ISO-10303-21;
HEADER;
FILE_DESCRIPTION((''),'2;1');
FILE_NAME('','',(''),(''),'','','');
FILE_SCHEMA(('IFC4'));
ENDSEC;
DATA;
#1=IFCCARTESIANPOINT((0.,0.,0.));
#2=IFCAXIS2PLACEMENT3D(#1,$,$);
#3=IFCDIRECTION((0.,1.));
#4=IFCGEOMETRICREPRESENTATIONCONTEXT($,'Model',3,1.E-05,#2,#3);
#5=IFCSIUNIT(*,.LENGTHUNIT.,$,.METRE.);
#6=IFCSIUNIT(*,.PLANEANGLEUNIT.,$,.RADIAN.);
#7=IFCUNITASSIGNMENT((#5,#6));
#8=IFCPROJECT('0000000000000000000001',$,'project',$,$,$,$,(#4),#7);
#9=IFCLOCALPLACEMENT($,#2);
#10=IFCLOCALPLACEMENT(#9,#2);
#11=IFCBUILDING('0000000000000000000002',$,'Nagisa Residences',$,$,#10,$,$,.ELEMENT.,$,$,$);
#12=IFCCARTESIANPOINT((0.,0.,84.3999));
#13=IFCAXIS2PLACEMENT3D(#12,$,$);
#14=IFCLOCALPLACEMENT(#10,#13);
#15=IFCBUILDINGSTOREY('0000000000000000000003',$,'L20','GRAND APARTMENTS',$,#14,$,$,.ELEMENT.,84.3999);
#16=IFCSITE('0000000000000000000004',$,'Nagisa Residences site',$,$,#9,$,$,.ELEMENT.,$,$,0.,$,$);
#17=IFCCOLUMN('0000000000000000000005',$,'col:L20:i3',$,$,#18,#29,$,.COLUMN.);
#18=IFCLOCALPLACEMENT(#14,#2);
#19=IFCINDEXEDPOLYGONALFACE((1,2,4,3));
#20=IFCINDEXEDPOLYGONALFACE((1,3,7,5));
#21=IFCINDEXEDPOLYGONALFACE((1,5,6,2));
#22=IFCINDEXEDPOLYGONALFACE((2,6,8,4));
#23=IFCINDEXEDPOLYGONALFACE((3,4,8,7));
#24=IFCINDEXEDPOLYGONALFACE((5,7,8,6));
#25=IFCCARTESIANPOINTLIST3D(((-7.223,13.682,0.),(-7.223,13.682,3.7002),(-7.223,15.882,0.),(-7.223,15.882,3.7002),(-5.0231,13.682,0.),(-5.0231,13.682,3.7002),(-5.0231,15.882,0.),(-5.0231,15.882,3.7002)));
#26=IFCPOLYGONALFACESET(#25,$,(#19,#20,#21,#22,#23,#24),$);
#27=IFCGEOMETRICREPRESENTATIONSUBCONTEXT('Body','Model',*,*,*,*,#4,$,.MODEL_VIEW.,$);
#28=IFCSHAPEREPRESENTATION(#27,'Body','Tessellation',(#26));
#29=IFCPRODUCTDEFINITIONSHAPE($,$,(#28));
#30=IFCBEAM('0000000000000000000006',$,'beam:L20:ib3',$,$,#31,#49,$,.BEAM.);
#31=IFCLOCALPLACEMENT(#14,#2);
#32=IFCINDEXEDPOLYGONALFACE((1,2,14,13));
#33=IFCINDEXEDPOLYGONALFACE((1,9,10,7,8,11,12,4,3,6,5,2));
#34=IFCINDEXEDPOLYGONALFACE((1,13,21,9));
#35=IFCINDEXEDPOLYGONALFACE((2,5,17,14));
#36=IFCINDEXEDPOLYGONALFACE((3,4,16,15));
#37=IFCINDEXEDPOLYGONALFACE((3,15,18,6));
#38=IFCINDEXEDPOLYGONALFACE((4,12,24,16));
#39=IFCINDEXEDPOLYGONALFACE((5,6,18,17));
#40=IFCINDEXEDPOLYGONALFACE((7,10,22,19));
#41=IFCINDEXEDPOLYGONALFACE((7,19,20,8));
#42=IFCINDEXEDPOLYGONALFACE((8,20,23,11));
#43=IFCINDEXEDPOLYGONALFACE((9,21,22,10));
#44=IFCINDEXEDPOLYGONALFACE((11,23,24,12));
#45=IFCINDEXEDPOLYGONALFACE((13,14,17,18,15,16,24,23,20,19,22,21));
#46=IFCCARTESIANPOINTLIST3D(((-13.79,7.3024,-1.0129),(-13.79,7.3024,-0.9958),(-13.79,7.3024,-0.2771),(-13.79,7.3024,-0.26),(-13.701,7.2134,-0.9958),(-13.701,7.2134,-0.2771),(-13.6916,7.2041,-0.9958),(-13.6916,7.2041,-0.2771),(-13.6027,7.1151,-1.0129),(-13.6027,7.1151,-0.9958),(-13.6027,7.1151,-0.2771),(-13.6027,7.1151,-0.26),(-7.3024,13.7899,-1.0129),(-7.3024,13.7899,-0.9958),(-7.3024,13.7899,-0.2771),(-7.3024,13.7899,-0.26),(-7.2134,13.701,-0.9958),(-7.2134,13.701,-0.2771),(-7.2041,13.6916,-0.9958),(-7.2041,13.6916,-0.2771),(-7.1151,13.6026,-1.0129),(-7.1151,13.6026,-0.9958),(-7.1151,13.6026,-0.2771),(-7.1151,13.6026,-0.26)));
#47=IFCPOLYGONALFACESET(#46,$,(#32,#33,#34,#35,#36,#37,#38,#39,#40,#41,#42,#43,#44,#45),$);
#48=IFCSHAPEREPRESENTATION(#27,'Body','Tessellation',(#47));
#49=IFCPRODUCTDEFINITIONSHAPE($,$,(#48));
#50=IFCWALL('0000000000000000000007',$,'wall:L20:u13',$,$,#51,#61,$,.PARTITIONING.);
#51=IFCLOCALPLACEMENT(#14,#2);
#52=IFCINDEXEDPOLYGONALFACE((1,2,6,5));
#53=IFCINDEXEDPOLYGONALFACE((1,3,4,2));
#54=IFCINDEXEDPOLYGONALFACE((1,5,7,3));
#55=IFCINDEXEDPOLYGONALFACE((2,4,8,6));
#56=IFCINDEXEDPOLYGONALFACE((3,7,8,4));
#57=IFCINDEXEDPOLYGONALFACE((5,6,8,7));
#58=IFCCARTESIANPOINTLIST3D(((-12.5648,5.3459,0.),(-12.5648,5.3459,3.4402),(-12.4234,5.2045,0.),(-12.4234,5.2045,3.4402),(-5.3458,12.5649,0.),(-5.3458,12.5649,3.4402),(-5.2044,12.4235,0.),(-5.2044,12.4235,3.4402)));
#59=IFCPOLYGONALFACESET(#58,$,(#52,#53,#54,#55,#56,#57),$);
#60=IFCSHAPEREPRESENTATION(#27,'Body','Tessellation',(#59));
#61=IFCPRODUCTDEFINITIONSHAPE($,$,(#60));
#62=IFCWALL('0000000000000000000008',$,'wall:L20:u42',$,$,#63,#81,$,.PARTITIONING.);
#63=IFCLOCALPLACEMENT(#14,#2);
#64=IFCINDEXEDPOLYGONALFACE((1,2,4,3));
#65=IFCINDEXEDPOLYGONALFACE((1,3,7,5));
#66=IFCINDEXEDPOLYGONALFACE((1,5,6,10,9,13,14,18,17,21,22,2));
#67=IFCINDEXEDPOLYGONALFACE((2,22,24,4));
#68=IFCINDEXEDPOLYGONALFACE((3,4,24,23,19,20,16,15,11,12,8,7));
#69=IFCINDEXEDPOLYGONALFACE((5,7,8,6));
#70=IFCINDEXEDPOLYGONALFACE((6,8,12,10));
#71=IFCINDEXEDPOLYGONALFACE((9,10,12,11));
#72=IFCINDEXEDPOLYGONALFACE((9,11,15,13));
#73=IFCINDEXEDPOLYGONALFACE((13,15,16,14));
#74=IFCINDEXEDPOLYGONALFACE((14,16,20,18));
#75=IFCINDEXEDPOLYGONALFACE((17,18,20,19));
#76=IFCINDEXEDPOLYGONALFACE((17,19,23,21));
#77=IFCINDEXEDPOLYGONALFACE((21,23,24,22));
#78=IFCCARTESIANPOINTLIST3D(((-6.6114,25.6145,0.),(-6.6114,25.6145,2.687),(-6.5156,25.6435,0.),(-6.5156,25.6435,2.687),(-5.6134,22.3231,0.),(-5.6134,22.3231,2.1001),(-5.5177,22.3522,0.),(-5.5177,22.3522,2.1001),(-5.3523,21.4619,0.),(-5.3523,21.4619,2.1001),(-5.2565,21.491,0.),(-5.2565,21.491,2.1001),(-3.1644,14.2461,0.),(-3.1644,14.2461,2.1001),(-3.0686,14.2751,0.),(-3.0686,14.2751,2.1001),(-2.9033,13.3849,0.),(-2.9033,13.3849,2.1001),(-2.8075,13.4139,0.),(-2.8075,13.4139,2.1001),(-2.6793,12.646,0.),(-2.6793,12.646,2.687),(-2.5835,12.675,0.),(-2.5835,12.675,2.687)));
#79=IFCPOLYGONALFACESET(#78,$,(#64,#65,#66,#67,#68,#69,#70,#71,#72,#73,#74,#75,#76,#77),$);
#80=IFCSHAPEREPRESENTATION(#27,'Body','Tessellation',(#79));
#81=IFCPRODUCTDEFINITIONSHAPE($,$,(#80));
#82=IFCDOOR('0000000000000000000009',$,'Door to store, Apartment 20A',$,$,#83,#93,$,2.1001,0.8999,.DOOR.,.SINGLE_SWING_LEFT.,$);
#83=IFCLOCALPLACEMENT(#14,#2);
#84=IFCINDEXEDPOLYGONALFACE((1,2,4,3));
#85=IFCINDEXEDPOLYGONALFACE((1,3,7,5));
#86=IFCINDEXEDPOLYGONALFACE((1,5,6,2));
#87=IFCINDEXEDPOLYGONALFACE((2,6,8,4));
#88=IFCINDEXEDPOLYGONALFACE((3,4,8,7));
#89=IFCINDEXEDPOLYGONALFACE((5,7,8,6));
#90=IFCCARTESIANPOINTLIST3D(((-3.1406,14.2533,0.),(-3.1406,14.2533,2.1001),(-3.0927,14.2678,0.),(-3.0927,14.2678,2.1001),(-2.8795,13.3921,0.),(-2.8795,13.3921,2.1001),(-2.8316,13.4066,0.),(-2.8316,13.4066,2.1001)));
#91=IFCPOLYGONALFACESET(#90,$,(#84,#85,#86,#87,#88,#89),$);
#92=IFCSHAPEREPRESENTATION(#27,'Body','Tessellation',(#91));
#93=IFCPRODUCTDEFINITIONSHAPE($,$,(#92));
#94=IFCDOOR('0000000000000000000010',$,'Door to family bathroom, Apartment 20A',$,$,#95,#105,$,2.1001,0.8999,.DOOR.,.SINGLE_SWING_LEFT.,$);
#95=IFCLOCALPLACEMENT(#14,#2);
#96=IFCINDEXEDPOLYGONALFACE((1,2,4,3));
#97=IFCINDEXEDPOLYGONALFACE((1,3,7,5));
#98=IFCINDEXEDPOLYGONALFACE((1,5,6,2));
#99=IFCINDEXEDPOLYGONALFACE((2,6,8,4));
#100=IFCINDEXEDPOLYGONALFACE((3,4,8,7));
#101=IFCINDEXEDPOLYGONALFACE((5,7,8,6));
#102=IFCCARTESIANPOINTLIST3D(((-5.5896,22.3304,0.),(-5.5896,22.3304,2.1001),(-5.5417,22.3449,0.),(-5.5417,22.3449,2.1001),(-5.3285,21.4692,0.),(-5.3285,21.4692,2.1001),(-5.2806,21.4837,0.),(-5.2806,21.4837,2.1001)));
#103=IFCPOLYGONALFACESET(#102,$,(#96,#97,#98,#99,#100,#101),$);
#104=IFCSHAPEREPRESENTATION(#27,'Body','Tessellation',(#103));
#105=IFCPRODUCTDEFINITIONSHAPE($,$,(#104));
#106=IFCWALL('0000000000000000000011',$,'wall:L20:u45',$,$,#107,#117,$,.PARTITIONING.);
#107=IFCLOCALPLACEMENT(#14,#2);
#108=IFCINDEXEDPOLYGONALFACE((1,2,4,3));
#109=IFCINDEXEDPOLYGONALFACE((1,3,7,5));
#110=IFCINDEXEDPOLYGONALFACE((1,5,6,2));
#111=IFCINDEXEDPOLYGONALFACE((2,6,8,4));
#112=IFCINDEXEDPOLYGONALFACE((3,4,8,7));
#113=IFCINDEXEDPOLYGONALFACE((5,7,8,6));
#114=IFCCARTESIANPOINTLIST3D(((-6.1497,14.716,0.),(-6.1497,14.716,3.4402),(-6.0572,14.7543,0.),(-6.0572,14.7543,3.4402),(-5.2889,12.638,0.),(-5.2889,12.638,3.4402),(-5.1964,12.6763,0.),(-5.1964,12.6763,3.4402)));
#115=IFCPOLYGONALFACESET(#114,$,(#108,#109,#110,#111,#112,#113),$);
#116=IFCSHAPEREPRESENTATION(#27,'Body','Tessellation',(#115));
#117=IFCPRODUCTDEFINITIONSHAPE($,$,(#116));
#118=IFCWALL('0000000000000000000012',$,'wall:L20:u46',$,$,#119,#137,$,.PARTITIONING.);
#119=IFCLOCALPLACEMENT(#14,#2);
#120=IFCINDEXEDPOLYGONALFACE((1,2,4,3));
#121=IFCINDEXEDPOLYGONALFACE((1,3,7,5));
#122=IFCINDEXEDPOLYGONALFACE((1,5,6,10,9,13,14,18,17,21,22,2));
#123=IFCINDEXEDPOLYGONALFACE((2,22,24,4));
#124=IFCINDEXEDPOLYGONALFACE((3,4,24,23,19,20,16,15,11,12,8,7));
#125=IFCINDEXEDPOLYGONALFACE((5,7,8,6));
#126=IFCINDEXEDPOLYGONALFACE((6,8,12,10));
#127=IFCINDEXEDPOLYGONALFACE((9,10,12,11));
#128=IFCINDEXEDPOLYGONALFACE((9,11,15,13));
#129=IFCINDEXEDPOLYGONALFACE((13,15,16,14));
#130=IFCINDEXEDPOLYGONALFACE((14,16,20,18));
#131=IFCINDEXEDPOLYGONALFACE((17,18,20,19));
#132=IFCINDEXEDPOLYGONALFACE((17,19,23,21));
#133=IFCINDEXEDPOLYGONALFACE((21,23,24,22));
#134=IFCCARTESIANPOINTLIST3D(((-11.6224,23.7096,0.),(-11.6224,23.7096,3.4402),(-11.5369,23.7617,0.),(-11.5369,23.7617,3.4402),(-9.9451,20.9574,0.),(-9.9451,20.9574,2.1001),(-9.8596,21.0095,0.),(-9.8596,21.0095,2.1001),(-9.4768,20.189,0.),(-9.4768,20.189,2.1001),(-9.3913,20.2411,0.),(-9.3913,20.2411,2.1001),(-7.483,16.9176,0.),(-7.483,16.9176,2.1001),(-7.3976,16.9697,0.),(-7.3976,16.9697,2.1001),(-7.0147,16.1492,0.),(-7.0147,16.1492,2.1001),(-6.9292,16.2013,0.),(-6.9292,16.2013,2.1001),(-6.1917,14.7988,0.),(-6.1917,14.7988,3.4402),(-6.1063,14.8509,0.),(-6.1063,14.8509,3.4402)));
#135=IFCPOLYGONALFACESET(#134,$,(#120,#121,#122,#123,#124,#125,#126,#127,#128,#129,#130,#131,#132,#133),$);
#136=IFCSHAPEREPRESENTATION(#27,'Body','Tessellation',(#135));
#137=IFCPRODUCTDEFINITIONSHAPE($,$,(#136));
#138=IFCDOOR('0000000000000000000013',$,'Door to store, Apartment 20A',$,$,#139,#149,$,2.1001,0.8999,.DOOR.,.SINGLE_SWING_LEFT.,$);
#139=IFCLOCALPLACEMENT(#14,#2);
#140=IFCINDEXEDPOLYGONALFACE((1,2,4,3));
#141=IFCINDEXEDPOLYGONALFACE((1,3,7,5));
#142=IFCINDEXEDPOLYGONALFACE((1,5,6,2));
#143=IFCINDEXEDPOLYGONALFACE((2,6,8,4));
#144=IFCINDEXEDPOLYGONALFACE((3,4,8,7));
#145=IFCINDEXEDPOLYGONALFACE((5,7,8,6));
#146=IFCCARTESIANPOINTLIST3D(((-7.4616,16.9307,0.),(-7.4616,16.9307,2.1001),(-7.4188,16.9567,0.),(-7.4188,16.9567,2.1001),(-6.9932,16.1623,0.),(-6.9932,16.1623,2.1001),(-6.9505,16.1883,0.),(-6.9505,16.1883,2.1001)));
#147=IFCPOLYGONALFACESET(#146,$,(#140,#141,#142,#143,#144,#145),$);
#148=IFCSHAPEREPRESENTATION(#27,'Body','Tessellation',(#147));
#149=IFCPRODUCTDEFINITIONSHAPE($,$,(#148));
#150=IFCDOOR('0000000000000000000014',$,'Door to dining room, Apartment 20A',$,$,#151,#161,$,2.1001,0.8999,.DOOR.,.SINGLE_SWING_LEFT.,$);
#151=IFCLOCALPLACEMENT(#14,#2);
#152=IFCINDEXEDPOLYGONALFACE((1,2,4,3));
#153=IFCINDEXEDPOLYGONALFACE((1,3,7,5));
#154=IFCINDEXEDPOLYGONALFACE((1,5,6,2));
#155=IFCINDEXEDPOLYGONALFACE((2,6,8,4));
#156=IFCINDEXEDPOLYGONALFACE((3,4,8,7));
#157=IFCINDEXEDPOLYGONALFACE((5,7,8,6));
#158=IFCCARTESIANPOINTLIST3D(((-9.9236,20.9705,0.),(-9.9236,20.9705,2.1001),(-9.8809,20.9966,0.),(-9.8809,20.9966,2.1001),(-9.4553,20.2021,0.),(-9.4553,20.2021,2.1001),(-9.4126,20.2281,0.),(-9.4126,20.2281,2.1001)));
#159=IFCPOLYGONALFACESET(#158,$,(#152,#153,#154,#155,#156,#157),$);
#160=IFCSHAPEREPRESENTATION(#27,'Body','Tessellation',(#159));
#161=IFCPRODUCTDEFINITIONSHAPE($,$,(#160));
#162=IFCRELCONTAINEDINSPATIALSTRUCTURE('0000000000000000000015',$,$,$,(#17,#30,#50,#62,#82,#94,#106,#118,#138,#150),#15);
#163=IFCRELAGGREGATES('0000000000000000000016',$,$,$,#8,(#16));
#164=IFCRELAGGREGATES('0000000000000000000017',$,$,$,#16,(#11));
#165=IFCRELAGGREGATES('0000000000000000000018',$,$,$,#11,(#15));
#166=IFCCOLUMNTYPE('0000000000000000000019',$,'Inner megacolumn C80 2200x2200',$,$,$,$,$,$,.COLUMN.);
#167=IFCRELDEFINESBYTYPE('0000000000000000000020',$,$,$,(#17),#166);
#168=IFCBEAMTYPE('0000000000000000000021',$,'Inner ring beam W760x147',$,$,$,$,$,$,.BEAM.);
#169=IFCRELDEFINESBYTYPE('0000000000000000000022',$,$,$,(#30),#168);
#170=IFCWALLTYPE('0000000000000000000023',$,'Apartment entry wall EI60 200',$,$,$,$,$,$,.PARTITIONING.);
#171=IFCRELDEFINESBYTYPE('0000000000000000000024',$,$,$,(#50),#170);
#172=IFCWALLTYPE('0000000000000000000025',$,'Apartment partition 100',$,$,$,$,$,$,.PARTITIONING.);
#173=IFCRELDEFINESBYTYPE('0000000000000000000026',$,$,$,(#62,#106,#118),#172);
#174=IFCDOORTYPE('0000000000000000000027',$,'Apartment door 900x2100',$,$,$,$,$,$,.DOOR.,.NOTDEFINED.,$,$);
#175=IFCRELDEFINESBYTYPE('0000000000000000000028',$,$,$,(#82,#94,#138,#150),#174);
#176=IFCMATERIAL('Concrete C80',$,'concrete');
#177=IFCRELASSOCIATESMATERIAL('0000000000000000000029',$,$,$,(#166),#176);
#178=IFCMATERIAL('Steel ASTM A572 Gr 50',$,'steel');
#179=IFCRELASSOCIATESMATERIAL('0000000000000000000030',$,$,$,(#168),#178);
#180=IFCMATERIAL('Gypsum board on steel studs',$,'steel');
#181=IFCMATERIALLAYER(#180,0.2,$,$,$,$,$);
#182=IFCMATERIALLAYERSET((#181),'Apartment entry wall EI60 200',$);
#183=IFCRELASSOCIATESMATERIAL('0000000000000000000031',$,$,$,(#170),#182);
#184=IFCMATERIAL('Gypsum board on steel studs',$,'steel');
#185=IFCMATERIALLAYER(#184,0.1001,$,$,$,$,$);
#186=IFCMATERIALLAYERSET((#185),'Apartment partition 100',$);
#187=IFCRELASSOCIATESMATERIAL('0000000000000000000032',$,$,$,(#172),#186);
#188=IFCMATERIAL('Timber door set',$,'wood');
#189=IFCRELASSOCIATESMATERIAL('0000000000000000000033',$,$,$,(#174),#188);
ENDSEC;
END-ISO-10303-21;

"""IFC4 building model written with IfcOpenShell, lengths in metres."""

from ifc_helpers import new_model, si_unit, direction, frame, frame_2d, origin, origin_2d, place, context, subcontext, project, spatial, rectangle, i_section, extrude, material, layer, layer_set, material_profile, profile_set, type_object, element, fill, save


model = new_model("IFC4")

# Units and contexts
model_context = context("Model", 3, precision=1e-05, world=origin(), true_north=direction((0.0, 1.0)))
body_context = subcontext(model_context, "Body", "Model", "MODEL_VIEW")
ifc_project = project(units=[si_unit("LENGTHUNIT", "METRE"), si_unit("PLANEANGLEUNIT", "RADIAN")], contexts=[model_context])

# Site, building, storey
site_placement = place(None, origin())
site = spatial("IfcSite", under=ifc_project, at=site_placement, Name="Nagisa Residences site", CompositionType="ELEMENT", RefElevation=0.0)
building_placement = place(site_placement, origin())
building = spatial("IfcBuilding", under=site, at=building_placement, Name="Nagisa Residences", CompositionType="ELEMENT")
storey_placement = place(building_placement, frame((0.0, 0.0, 84.3999)))
storey = spatial("IfcBuildingStorey", under=building, at=storey_placement, Name="L20", Description="GRAND APARTMENTS", CompositionType="ELEMENT", Elevation=84.3999)

# Column
ifc_material_1 = material(Name="Concrete C80", Category="concrete")
ifc_material_profile_1 = material_profile(ifc_material_1, rectangle(XDim=2.2, YDim=2.2, at=origin_2d()), Name="C80 2200x2200")
ifc_profile_set_1 = profile_set([ifc_material_profile_1], Name="Concrete C80")
column_type = type_object("IfcColumnType", Name="Inner megacolumn C80 2200x2200", PredefinedType="COLUMN", material=ifc_profile_set_1)
column_placement = place(storey_placement, frame((-6.123, 14.782, 0.0), z_axis=(0.0, 0.0, 1.0), x_axis=(1.0, 0.0, 0.0)))
element("IfcColumn", 1, at=column_placement, inside=storey, type_object=column_type, Name="col:L20:i3", PredefinedType="COLUMN", context=body_context, shape_type="SweptSolid", body=[
    extrude(rectangle(XDim=2.2, YDim=2.2, at=origin_2d()), origin(), (0.0, 0.0, 1.0), 3.7002),
])

# Beam
ifc_material_2 = material(Name="Steel ASTM A572 Gr 50", Category="steel")
ifc_material_profile_2 = material_profile(ifc_material_2, i_section(OverallWidth=0.2649, OverallDepth=0.7529, WebThickness=0.0132, FlangeThickness=0.0171, at=origin_2d()), Name="W760x147")
ifc_profile_set_2 = profile_set([ifc_material_profile_2], Name="Steel ASTM A572 Gr 50")
beam_type = type_object("IfcBeamType", Name="Inner ring beam W760x147", PredefinedType="BEAM", material=ifc_profile_set_2)
beam_placement = place(storey_placement, frame((-7.2087, 13.6963, -0.6365), z_axis=(-0.707107, -0.707107, 0.0), x_axis=(0.707107, -0.707107, 0.0)))
element("IfcBeam", 2, at=beam_placement, inside=storey, type_object=beam_type, Name="beam:L20:ib3", PredefinedType="BEAM", context=body_context, shape_type="SweptSolid", body=[
    extrude(i_section(OverallWidth=0.2649, OverallDepth=0.7529, WebThickness=0.0132, FlangeThickness=0.0171, at=origin_2d()), origin(), (0.0, 0.0, 1.0), 9.1748),
])

# Wall
ifc_material_3 = material(Name="Gypsum board on steel studs", Category="steel")
ifc_layer_1 = layer(ifc_material_3, 0.2)
ifc_layer_set_1 = layer_set([ifc_layer_1], Name="Apartment entry wall EI60 200")
wall_type_1 = type_object("IfcWallType", Name="Apartment entry wall EI60 200", PredefinedType="PARTITIONING", material=ifc_layer_set_1)
wall_1_placement = place(storey_placement, frame((-5.2751, 12.4941, 0.0), z_axis=(0.0, 0.0, 1.0), x_axis=(-0.707107, -0.707107, 0.0)))
element("IfcWall", 3, at=wall_1_placement, inside=storey, type_object=wall_type_1, Name="wall:L20:u13", PredefinedType="PARTITIONING", context=body_context, shape_type="SweptSolid", body=[
    extrude(rectangle(XDim=10.2092, YDim=0.2, at=frame_2d((5.1045, 0.0))), origin(), (0.0, 0.0, 1.0), 3.4402),
])

# Wall, openings, doors
ifc_material_4 = material(Name="Gypsum board on steel studs", Category="steel")
ifc_layer_2 = layer(ifc_material_4, 0.1001)
ifc_layer_set_2 = layer_set([ifc_layer_2], Name="Apartment partition 100")
wall_type_2 = type_object("IfcWallType", Name="Apartment partition 100", PredefinedType="PARTITIONING", material=ifc_layer_set_2)
wall_2_placement = place(storey_placement, frame((-2.6313, 12.6604, 0.0), z_axis=(0.0, 0.0, 1.0), x_axis=(-0.290161, 0.956978, 0.0)))
wall_2 = element("IfcWall", 4, at=wall_2_placement, inside=storey, type_object=wall_type_2, Name="wall:L20:u42", PredefinedType="PARTITIONING", context=body_context, shape_type="SweptSolid", body=[
    extrude(rectangle(XDim=13.5515, YDim=0.1001, at=frame_2d((6.7759, 0.0))), origin(), (0.0, 0.0, 1.0), 2.687),
])
opening_1_placement = place(wall_2_placement, frame((0.7722, 0.0, 0.0)))
opening_1 = element("IfcOpeningElement", 5, at=opening_1_placement, cuts=wall_2, PredefinedType="OPENING", context=body_context, shape_type="SweptSolid", body=[
    extrude(rectangle(XDim=0.8999, YDim=2.1001, at=frame_2d((0.45, 1.05))), frame((0.0, 0.0601, 0.0), z_axis=(0.0, -1.0, 0.0), x_axis=(1.0, 0.0, 0.0)), (0.0, 0.0, 1.0), 0.1201),
])
opening_2_placement = place(wall_2_placement, frame((9.2124, 0.0, 0.0)))
opening_2 = element("IfcOpeningElement", 6, at=opening_2_placement, cuts=wall_2, PredefinedType="OPENING", context=body_context, shape_type="SweptSolid", body=[
    extrude(rectangle(XDim=0.8999, YDim=2.1001, at=frame_2d((0.45, 1.05))), frame((0.0, 0.0601, 0.0), z_axis=(0.0, -1.0, 0.0), x_axis=(1.0, 0.0, 0.0)), (0.0, 0.0, 1.0), 0.1201),
])
ifc_material_5 = material(Name="Timber door set", Category="wood")
door_type_1 = type_object("IfcDoorType", Name="Apartment door 900x2100", OperationType="NOTDEFINED", PredefinedType="DOOR", material=ifc_material_5)
door_1_placement = place(opening_1_placement, frame((0.8999, 0.0, 0.0), x_axis=(-1.0, 0.0, 0.0)))
door_1 = element("IfcDoor", 7, at=door_1_placement, inside=storey, type_object=door_type_1, Name="Door to store, Apartment 20A", OperationType="SINGLE_SWING_LEFT", OverallHeight=2.1001, OverallWidth=0.8999, PredefinedType="DOOR", context=body_context, shape_type="SweptSolid", body=[
    extrude(rectangle(XDim=0.8999, YDim=2.1001, at=frame_2d((0.45, 1.05))), frame((0.0, 0.0249, 0.0), z_axis=(0.0, -1.0, 0.0), x_axis=(1.0, 0.0, 0.0)), (0.0, 0.0, 1.0), 0.05),
])
fill(opening_1, door_1)
door_2_placement = place(opening_2_placement, frame((0.8999, 0.0, 0.0), x_axis=(-1.0, 0.0, 0.0)))
door_2 = element("IfcDoor", 8, at=door_2_placement, inside=storey, type_object=door_type_1, Name="Door to family bathroom, Apartment 20A", OperationType="SINGLE_SWING_LEFT", OverallHeight=2.1001, OverallWidth=0.8999, PredefinedType="DOOR", context=body_context, shape_type="SweptSolid", body=[
    extrude(rectangle(XDim=0.8999, YDim=2.1001, at=frame_2d((0.45, 1.05))), frame((0.0, 0.0249, 0.0), z_axis=(0.0, -1.0, 0.0), x_axis=(1.0, 0.0, 0.0)), (0.0, 0.0, 1.0), 0.05),
])
fill(opening_2, door_2)

# Wall
wall_3_placement = place(storey_placement, frame((-5.2427, 12.6572, 0.0), z_axis=(0.0, 0.0, 1.0), x_axis=(-0.382703, 0.923871, 0.0)))
element("IfcWall", 9, at=wall_3_placement, inside=storey, type_object=wall_type_2, Name="wall:L20:u45", PredefinedType="PARTITIONING", context=body_context, shape_type="SweptSolid", body=[
    extrude(rectangle(XDim=2.2493, YDim=0.1001, at=frame_2d((1.1245, 0.0))), origin(), (0.0, 0.0, 1.0), 3.4402),
])

# Wall, openings, doors
wall_4_placement = place(storey_placement, frame((-6.1489, 14.8247, 0.0), z_axis=(0.0, 0.0, 1.0), x_axis=(-0.520411, 0.853916, 0.0)))
wall_4 = element("IfcWall", 10, at=wall_4_placement, inside=storey, type_object=wall_type_2, Name="wall:L20:u46", PredefinedType="PARTITIONING", context=body_context, shape_type="SweptSolid", body=[
    extrude(rectangle(XDim=10.4353, YDim=0.1001, at=frame_2d((5.2178, 0.0))), origin(), (0.0, 0.0, 1.0), 3.4402),
])
opening_3_placement = place(wall_4_placement, frame((1.5815, 0.0, 0.0)))
opening_3 = element("IfcOpeningElement", 11, at=opening_3_placement, cuts=wall_4, PredefinedType="OPENING", context=body_context, shape_type="SweptSolid", body=[
    extrude(rectangle(XDim=0.8999, YDim=2.1001, at=frame_2d((0.45, 1.05))), frame((0.0, 0.0601, 0.0), z_axis=(0.0, -1.0, 0.0), x_axis=(1.0, 0.0, 0.0)), (0.0, 0.0, 1.0), 0.1201),
])
opening_4_placement = place(wall_4_placement, frame((6.3125, 0.0, 0.0)))
opening_4 = element("IfcOpeningElement", 12, at=opening_4_placement, cuts=wall_4, PredefinedType="OPENING", context=body_context, shape_type="SweptSolid", body=[
    extrude(rectangle(XDim=0.8999, YDim=2.1001, at=frame_2d((0.45, 1.05))), frame((0.0, 0.0601, 0.0), z_axis=(0.0, -1.0, 0.0), x_axis=(1.0, 0.0, 0.0)), (0.0, 0.0, 1.0), 0.1201),
])
door_3_placement = place(opening_3_placement, origin())
door_3 = element("IfcDoor", 13, at=door_3_placement, inside=storey, type_object=door_type_1, Name="Door to store, Apartment 20A", OperationType="SINGLE_SWING_LEFT", OverallHeight=2.1001, OverallWidth=0.8999, PredefinedType="DOOR", context=body_context, shape_type="SweptSolid", body=[
    extrude(rectangle(XDim=0.8999, YDim=2.1001, at=frame_2d((0.45, 1.05))), frame((0.0, 0.0249, 0.0), z_axis=(0.0, -1.0, 0.0), x_axis=(1.0, 0.0, 0.0)), (0.0, 0.0, 1.0), 0.05),
])
fill(opening_3, door_3)
door_4_placement = place(opening_4_placement, origin())
door_4 = element("IfcDoor", 14, at=door_4_placement, inside=storey, type_object=door_type_1, Name="Door to dining room, Apartment 20A", OperationType="SINGLE_SWING_LEFT", OverallHeight=2.1001, OverallWidth=0.8999, PredefinedType="DOOR", context=body_context, shape_type="SweptSolid", body=[
    extrude(rectangle(XDim=0.8999, YDim=2.1001, at=frame_2d((0.45, 1.05))), frame((0.0, 0.0249, 0.0), z_axis=(0.0, -1.0, 0.0), x_axis=(1.0, 0.0, 0.0)), (0.0, 0.0, 1.0), 0.05),
])
fill(opening_4, door_4)

save(model, "model.ifc")
